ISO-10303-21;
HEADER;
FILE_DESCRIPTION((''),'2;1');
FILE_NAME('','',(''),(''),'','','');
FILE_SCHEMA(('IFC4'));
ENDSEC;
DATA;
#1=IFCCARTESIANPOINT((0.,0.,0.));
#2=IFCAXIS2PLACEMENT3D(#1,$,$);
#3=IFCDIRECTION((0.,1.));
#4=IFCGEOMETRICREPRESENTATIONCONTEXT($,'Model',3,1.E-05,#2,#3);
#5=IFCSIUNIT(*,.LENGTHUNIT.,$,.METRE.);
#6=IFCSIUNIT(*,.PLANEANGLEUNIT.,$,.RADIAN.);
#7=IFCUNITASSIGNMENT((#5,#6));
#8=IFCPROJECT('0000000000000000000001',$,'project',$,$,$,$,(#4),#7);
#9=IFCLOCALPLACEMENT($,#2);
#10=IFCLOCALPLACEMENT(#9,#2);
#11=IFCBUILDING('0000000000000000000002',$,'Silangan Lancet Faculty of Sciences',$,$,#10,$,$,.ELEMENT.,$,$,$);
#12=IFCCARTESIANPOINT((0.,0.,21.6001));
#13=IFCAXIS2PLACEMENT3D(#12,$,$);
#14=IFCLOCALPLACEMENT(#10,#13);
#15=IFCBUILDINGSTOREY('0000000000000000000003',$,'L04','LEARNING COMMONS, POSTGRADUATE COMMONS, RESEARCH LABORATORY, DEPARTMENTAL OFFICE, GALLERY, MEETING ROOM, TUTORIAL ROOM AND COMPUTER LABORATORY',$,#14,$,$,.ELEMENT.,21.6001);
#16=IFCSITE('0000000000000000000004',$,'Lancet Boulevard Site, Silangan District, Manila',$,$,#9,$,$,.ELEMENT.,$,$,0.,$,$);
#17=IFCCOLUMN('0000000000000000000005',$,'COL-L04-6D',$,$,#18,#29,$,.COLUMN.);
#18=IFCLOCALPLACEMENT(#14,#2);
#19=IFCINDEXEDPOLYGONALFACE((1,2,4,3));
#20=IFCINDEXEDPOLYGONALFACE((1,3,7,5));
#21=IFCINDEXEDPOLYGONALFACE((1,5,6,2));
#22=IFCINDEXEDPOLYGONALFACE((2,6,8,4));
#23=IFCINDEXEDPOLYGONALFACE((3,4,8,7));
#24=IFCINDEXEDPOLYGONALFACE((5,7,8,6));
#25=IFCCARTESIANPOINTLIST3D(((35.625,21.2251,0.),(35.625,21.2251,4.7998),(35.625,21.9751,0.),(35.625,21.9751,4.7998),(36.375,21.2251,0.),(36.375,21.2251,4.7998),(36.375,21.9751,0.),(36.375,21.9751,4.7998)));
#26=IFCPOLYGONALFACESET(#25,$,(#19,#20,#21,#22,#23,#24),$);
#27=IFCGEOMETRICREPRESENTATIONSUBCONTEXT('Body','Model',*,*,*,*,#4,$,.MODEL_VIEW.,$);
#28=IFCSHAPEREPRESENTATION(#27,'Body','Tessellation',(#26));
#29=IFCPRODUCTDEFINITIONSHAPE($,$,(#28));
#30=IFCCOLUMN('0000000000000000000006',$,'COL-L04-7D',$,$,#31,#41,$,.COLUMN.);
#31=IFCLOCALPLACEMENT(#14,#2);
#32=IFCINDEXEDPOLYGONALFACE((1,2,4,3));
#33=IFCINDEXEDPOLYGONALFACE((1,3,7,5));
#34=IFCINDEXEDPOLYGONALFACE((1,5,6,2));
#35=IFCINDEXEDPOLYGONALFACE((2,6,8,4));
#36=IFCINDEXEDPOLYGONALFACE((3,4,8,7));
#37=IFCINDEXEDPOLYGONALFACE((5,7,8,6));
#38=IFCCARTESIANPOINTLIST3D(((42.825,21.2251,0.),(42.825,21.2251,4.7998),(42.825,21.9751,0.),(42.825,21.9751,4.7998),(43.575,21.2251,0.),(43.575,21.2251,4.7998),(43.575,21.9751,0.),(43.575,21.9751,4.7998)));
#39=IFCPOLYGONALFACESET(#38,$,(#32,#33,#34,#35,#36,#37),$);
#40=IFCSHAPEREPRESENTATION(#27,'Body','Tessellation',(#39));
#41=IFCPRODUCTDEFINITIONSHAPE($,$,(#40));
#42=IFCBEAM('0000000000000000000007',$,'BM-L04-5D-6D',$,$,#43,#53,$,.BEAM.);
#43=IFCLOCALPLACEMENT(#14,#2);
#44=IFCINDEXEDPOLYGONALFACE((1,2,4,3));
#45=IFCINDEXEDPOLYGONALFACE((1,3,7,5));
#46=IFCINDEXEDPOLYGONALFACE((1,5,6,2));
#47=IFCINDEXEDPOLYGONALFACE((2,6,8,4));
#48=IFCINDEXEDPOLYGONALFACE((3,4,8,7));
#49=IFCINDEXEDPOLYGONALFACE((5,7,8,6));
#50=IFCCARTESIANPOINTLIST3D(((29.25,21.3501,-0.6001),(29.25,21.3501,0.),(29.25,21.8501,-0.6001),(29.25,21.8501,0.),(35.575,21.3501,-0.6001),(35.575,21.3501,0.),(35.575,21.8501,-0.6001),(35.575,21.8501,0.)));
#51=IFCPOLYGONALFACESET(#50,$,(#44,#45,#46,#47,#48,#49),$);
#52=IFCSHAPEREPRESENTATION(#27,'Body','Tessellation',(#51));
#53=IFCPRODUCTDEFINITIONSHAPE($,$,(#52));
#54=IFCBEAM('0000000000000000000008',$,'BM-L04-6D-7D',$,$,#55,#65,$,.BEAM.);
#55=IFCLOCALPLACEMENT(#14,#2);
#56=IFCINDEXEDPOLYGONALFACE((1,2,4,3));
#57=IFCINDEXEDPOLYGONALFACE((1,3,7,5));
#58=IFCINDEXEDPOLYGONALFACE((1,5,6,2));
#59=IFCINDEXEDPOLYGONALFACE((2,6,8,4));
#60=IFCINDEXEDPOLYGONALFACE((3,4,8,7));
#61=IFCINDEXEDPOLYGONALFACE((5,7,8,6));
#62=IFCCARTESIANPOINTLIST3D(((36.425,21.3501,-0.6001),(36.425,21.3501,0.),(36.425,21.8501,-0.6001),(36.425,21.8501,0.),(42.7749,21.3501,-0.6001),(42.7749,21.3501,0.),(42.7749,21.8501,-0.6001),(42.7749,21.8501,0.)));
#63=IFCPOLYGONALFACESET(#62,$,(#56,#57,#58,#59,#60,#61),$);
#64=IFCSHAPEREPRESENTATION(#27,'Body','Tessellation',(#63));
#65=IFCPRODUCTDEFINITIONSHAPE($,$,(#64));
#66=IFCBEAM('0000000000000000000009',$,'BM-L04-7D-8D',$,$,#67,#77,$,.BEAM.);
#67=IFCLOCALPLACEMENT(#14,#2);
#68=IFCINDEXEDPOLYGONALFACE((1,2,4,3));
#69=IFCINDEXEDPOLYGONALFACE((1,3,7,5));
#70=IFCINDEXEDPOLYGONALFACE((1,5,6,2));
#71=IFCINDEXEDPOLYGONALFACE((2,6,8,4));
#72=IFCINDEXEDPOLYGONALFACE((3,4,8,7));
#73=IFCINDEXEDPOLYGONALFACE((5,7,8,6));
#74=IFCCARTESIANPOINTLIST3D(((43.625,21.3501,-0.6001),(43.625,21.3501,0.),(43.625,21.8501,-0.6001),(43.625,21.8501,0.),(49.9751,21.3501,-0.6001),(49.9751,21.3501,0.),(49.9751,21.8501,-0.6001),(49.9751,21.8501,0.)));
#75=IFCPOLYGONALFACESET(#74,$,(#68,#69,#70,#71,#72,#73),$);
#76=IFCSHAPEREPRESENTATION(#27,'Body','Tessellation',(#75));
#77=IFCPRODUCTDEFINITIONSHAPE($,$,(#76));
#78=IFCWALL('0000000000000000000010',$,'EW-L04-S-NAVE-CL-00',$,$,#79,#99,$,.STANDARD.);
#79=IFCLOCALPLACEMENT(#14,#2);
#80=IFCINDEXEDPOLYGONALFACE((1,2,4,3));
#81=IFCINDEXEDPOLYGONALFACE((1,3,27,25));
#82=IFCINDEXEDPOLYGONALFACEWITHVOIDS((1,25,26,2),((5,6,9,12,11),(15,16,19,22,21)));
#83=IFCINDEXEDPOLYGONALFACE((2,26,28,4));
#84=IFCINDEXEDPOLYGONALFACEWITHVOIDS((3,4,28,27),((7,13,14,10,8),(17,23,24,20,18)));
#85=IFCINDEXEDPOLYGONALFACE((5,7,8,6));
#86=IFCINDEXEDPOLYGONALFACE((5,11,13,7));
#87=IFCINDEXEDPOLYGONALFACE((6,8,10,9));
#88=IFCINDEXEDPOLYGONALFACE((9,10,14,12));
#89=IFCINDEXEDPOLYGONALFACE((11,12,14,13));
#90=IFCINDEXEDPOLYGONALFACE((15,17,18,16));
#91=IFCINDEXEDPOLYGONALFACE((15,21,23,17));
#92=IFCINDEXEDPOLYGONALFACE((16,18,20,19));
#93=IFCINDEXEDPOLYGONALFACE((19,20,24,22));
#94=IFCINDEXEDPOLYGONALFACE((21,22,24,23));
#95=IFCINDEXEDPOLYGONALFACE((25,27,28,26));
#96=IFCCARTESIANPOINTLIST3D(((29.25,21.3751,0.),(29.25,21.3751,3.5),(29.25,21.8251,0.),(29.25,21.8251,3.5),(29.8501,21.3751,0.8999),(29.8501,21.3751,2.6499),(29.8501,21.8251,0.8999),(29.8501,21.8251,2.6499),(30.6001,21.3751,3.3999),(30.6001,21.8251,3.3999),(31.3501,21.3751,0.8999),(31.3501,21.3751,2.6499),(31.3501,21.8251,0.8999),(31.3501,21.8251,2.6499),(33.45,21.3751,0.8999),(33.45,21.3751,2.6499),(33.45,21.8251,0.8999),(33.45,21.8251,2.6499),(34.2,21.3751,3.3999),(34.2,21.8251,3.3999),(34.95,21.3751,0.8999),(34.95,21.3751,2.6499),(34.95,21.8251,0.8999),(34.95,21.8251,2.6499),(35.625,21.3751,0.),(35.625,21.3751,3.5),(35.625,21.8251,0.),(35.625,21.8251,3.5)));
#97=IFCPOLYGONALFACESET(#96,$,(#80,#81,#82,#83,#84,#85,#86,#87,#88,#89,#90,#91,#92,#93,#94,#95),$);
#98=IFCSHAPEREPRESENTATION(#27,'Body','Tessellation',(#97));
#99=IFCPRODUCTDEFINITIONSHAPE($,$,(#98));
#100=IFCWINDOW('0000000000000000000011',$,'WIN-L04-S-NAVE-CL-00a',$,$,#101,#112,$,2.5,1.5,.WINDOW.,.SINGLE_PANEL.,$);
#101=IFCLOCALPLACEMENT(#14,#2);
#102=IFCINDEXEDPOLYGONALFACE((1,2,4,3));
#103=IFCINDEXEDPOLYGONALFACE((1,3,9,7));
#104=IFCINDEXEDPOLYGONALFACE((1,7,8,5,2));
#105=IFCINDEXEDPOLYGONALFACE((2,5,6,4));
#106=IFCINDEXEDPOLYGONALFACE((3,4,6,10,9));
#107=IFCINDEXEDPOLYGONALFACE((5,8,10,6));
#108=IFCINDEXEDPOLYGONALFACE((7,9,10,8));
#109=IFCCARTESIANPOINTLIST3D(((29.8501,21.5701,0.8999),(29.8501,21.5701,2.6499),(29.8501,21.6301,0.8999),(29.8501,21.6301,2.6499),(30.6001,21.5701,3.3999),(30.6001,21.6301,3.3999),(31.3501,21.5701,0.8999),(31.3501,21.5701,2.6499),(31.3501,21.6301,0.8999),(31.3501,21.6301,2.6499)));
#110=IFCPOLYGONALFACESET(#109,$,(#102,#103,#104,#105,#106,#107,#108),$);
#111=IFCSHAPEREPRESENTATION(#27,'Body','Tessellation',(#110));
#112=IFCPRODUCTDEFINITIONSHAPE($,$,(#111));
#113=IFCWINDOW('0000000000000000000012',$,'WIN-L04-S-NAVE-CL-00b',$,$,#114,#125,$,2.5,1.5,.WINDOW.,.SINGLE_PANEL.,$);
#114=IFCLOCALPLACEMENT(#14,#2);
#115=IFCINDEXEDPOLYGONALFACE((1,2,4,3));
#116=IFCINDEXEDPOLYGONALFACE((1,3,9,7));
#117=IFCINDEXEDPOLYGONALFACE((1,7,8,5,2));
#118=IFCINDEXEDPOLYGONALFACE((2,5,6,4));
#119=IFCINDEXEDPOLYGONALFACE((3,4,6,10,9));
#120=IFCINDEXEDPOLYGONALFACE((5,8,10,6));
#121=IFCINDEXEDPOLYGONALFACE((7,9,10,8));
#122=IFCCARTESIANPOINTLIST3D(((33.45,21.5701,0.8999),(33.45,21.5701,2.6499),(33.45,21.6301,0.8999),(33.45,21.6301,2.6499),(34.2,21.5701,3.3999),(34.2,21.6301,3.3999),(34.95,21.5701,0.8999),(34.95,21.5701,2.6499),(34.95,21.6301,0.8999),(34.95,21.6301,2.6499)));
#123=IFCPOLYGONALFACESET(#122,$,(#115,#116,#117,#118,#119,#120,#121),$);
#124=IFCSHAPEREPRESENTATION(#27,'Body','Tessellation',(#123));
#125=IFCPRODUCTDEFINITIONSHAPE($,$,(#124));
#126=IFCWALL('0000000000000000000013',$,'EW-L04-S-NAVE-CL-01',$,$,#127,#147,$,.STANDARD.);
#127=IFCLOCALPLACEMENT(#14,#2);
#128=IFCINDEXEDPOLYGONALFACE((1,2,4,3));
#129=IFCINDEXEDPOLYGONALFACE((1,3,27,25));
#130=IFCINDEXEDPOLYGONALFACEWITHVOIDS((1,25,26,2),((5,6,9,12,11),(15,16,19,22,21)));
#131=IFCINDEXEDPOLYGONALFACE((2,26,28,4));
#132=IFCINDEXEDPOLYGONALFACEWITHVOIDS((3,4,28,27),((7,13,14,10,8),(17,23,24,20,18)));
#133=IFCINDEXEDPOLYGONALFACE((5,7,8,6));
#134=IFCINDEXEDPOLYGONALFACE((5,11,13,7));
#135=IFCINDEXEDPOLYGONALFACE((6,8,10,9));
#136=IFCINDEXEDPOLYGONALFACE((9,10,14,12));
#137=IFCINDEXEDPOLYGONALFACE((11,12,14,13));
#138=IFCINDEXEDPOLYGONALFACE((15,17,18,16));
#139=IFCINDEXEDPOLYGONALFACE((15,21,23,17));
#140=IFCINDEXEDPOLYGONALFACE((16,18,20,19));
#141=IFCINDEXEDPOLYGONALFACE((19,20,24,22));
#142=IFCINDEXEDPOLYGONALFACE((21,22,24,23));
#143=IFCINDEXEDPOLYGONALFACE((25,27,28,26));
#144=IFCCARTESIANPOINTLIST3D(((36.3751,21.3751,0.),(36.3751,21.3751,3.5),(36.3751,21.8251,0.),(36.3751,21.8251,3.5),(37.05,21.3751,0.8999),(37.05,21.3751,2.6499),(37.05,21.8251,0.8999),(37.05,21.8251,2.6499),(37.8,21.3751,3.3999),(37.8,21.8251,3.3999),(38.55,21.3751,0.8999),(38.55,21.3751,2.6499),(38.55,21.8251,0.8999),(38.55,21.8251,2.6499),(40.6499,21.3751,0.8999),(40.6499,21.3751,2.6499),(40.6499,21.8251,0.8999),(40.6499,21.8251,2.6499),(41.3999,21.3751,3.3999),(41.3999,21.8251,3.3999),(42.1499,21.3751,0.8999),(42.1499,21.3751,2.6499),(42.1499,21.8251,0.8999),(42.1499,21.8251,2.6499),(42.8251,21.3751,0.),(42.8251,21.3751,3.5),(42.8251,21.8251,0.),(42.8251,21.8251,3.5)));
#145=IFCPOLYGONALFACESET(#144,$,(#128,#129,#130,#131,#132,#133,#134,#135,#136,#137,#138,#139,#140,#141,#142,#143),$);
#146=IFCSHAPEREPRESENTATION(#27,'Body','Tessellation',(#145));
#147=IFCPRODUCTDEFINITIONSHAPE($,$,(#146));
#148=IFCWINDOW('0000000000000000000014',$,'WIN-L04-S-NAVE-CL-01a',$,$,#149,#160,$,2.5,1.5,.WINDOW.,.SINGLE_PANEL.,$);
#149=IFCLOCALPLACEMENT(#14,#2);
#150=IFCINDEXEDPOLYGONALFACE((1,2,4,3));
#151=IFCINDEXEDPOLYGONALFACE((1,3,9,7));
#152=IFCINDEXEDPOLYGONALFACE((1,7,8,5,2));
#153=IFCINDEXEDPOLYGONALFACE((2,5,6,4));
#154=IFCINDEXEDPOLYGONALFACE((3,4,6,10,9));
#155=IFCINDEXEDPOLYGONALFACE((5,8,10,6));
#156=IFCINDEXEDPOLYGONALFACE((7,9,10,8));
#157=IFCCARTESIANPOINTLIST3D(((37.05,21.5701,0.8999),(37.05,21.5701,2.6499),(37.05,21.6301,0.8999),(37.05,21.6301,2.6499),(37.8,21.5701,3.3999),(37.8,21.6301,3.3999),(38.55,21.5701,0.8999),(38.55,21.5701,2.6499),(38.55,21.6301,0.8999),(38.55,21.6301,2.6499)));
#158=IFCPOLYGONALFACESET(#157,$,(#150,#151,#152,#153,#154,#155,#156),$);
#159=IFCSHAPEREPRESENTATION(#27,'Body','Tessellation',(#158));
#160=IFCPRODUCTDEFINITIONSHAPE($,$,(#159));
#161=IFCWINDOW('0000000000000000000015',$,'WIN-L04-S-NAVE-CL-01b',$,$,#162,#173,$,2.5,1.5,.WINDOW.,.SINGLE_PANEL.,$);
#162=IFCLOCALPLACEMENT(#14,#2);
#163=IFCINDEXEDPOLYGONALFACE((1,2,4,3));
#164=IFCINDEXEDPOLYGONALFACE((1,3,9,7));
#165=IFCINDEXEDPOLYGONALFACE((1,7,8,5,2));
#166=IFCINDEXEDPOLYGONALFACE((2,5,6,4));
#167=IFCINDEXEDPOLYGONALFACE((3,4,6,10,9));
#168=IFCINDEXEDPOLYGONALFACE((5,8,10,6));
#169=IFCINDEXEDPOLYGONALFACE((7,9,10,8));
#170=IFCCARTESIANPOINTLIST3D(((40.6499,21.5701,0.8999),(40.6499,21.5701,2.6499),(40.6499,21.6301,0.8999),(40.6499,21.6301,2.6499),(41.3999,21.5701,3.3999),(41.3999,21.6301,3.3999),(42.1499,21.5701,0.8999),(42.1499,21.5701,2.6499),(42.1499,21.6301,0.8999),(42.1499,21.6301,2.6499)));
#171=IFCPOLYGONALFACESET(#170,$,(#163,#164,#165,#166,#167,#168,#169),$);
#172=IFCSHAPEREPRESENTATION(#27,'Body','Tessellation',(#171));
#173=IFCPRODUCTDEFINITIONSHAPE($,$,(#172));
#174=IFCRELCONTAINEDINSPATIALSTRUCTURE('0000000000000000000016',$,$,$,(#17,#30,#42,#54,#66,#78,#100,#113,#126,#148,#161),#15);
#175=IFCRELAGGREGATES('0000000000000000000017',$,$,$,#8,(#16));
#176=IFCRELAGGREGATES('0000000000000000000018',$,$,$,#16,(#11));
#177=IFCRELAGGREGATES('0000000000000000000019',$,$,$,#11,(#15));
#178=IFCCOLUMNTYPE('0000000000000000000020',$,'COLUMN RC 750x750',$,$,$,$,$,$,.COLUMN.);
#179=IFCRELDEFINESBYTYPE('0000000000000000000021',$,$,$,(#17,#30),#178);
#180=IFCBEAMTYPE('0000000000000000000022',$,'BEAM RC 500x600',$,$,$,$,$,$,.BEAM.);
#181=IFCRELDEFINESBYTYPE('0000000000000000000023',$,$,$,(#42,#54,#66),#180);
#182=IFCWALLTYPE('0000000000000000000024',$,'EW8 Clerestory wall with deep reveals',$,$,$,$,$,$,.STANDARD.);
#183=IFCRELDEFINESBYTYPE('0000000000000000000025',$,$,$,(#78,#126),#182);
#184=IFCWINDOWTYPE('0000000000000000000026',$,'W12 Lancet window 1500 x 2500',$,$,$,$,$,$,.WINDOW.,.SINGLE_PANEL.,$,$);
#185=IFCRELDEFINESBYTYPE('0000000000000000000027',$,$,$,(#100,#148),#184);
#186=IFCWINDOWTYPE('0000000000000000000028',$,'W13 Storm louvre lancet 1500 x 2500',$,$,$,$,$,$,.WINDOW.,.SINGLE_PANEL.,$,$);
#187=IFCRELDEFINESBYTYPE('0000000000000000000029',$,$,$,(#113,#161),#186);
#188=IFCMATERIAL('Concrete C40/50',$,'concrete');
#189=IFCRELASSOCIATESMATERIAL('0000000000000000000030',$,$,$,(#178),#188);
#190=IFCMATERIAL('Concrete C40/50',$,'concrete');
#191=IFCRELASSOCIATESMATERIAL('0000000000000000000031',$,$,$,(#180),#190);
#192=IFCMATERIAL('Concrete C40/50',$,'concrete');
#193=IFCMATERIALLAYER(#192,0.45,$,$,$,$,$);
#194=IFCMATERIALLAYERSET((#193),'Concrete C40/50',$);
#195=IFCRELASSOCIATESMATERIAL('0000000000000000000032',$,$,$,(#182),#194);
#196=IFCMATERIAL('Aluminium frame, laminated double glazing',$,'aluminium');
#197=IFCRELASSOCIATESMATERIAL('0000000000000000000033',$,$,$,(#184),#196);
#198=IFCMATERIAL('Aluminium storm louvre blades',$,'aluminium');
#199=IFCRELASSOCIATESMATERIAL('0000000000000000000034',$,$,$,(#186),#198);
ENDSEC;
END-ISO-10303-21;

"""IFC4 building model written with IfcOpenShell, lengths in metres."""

from ifc_helpers import new_model, si_unit, direction, frame, frame_2d, origin, origin_2d, place, context, subcontext, project, spatial, polyline, rectangle, outline, extrude, material, layer, layer_set, material_profile, profile_set, type_object, element, fill, save


model = new_model("IFC4")

# Units and contexts
model_context = context("Model", 3, precision=1e-05, world=origin(), true_north=direction((0.0, 1.0)))
body_context = subcontext(model_context, "Body", "Model", "MODEL_VIEW")
ifc_project = project(units=[si_unit("LENGTHUNIT", "METRE"), si_unit("PLANEANGLEUNIT", "RADIAN")], contexts=[model_context])

# Site, building, storey
site_placement = place(None, origin())
site = spatial("IfcSite", under=ifc_project, at=site_placement, Name="Lancet Boulevard Site, Silangan District, Manila", CompositionType="ELEMENT", RefElevation=0.0)
building_placement = place(site_placement, origin())
building = spatial("IfcBuilding", under=site, at=building_placement, Name="Silangan Lancet Faculty of Sciences", CompositionType="ELEMENT")
storey_placement = place(building_placement, frame((0.0, 0.0, 21.6001)))
storey = spatial("IfcBuildingStorey", under=building, at=storey_placement, Name="L04", Description="LEARNING COMMONS, POSTGRADUATE COMMONS, RESEARCH LABORATORY, DEPARTMENTAL OFFICE, GALLERY, MEETING ROOM, TUTORIAL ROOM AND COMPUTER LABORATORY", CompositionType="ELEMENT", Elevation=21.6001)

# Columns
ifc_material_1 = material(Name="Concrete C40/50", Category="concrete")
ifc_material_profile_1 = material_profile(ifc_material_1, rectangle(XDim=0.75, YDim=0.75, at=origin_2d()), Name="RC 750x750")
ifc_profile_set_1 = profile_set([ifc_material_profile_1], Name="Concrete C40/50")
column_type = type_object("IfcColumnType", Name="COLUMN RC 750x750", PredefinedType="COLUMN", material=ifc_profile_set_1)
for number, where, z_axis, x_axis, name in (
    (1, (36.0, 21.6001, 0.0), (0.0, 0.0, 1.0), (1.0, 0.0, 0.0), "COL-L04-6D"),
    (2, (43.2, 21.6001, 0.0), (0.0, 0.0, 1.0), (1.0, 0.0, 0.0), "COL-L04-7D"),
):
    element("IfcColumn", number, at=place(storey_placement, frame(where, z_axis=z_axis, x_axis=x_axis)), inside=storey, type_object=column_type, Name=name, PredefinedType="COLUMN", context=body_context, shape_type="SweptSolid", body=[
        extrude(rectangle(XDim=0.75, YDim=0.75, at=origin_2d()), origin(), (0.0, 0.0, 1.0), 4.7998),
    ])

# Beams
ifc_material_2 = material(Name="Concrete C40/50", Category="concrete")
ifc_material_profile_2 = material_profile(ifc_material_2, rectangle(XDim=0.5, YDim=0.6001, at=origin_2d()), Name="RC 500x600")
ifc_profile_set_2 = profile_set([ifc_material_profile_2], Name="Concrete C40/50")
beam_type = type_object("IfcBeamType", Name="BEAM RC 500x600", PredefinedType="BEAM", material=ifc_profile_set_2)
beam_1_placement = place(storey_placement, frame((29.25, 21.6001, -0.3), z_axis=(1.0, 0.0, 0.0), x_axis=(0.0, 1.0, 0.0)))
element("IfcBeam", 3, at=beam_1_placement, inside=storey, type_object=beam_type, Name="BM-L04-5D-6D", PredefinedType="BEAM", context=body_context, shape_type="SweptSolid", body=[
    extrude(rectangle(XDim=0.5, YDim=0.6001, at=origin_2d()), origin(), (0.0, 0.0, 1.0), 6.325),
])
beam_2_placement = place(storey_placement, frame((36.425, 21.6001, -0.3), z_axis=(1.0, 0.0, 0.0), x_axis=(0.0, 1.0, 0.0)))
element("IfcBeam", 4, at=beam_2_placement, inside=storey, type_object=beam_type, Name="BM-L04-6D-7D", PredefinedType="BEAM", context=body_context, shape_type="SweptSolid", body=[
    extrude(rectangle(XDim=0.5, YDim=0.6001, at=origin_2d()), origin(), (0.0, 0.0, 1.0), 6.3499),
])
beam_3_placement = place(storey_placement, frame((43.625, 21.6001, -0.3), z_axis=(1.0, 0.0, 0.0), x_axis=(0.0, 1.0, 0.0)))
element("IfcBeam", 5, at=beam_3_placement, inside=storey, type_object=beam_type, Name="BM-L04-7D-8D", PredefinedType="BEAM", context=body_context, shape_type="SweptSolid", body=[
    extrude(rectangle(XDim=0.5, YDim=0.6001, at=origin_2d()), origin(), (0.0, 0.0, 1.0), 6.3501),
])

# Walls, openings, windows
ifc_material_3 = material(Name="Concrete C40/50", Category="concrete")
ifc_layer_1 = layer(ifc_material_3, 0.45)
ifc_layer_set_1 = layer_set([ifc_layer_1], Name="Concrete C40/50")
wall_type_1 = type_object("IfcWallType", Name="EW8 Clerestory wall with deep reveals", PredefinedType="STANDARD", material=ifc_layer_set_1)
wall_1_placement = place(storey_placement, frame((29.25, 21.6001, 0.0), z_axis=(0.0, 0.0, 1.0), x_axis=(1.0, 0.0, 0.0)))
wall_1 = element("IfcWall", 6, at=wall_1_placement, inside=storey, type_object=wall_type_1, Name="EW-L04-S-NAVE-CL-00", PredefinedType="STANDARD", context=body_context, shape_type="SweptSolid", body=[
    extrude(rectangle(XDim=6.375, YDim=0.45, at=frame_2d((3.1875, 0.0))), origin(), (0.0, 0.0, 1.0), 3.5),
])
opening_1_placement = place(wall_1_placement, frame((0.6001, 0.0, 0.8999)))
opening_1 = element("IfcOpeningElement", 7, at=opening_1_placement, cuts=wall_1, PredefinedType="OPENING", context=body_context, shape_type="SweptSolid", body=[
    extrude(outline(polyline([(0.0, 0.0), (1.5, 0.0), (1.5, 1.75), (0.75, 2.5), (0.0, 1.75), (0.0, 0.0)])), frame((0.0, 0.2349, 0.0), z_axis=(0.0, -1.0, 0.0), x_axis=(1.0, 0.0, 0.0)), (0.0, 0.0, 1.0), 0.47),
])
opening_2_placement = place(wall_1_placement, frame((4.2, 0.0, 0.8999)))
opening_2 = element("IfcOpeningElement", 8, at=opening_2_placement, cuts=wall_1, PredefinedType="OPENING", context=body_context, shape_type="SweptSolid", body=[
    extrude(outline(polyline([(0.0, 0.0), (1.5, 0.0), (1.5, 1.75), (0.75, 2.5), (0.0, 1.75), (0.0, 0.0)])), frame((0.0, 0.2349, 0.0), z_axis=(0.0, -1.0, 0.0), x_axis=(1.0, 0.0, 0.0)), (0.0, 0.0, 1.0), 0.47),
])
ifc_material_4 = material(Name="Aluminium frame, laminated double glazing", Category="aluminium")
window_type_1 = type_object("IfcWindowType", Name="W12 Lancet window 1500 x 2500", PartitioningType="SINGLE_PANEL", PredefinedType="WINDOW", material=ifc_material_4)
window_1_placement = place(opening_1_placement, origin())
window_1 = element("IfcWindow", 9, at=window_1_placement, inside=storey, type_object=window_type_1, Name="WIN-L04-S-NAVE-CL-00a", OverallHeight=2.5, OverallWidth=1.5, PartitioningType="SINGLE_PANEL", PredefinedType="WINDOW", context=body_context, shape_type="SweptSolid", body=[
    extrude(outline(polyline([(0.0, 0.0), (1.5, 0.0), (1.5, 1.75), (0.75, 2.5), (0.0, 1.75), (0.0, 0.0)])), frame((0.0, 0.03, 0.0), z_axis=(0.0, -1.0, 0.0), x_axis=(1.0, 0.0, 0.0)), (0.0, 0.0, 1.0), 0.0601),
])
fill(opening_1, window_1)
ifc_material_5 = material(Name="Aluminium storm louvre blades", Category="aluminium")
window_type_2 = type_object("IfcWindowType", Name="W13 Storm louvre lancet 1500 x 2500", PartitioningType="SINGLE_PANEL", PredefinedType="WINDOW", material=ifc_material_5)
window_2_placement = place(opening_2_placement, origin())
window_2 = element("IfcWindow", 10, at=window_2_placement, inside=storey, type_object=window_type_2, Name="WIN-L04-S-NAVE-CL-00b", OverallHeight=2.5, OverallWidth=1.5, PartitioningType="SINGLE_PANEL", PredefinedType="WINDOW", context=body_context, shape_type="SweptSolid", body=[
    extrude(outline(polyline([(0.0, 0.0), (1.5, 0.0), (1.5, 1.75), (0.75, 2.5), (0.0, 1.75), (0.0, 0.0)])), frame((0.0, 0.03, 0.0), z_axis=(0.0, -1.0, 0.0), x_axis=(1.0, 0.0, 0.0)), (0.0, 0.0, 1.0), 0.0601),
])
fill(opening_2, window_2)
wall_2_placement = place(storey_placement, frame((36.375, 21.6001, 0.0), z_axis=(0.0, 0.0, 1.0), x_axis=(1.0, 0.0, 0.0)))
wall_2 = element("IfcWall", 11, at=wall_2_placement, inside=storey, type_object=wall_type_1, Name="EW-L04-S-NAVE-CL-01", PredefinedType="STANDARD", context=body_context, shape_type="SweptSolid", body=[
    extrude(rectangle(XDim=6.45, YDim=0.45, at=frame_2d((3.2251, 0.0))), origin(), (0.0, 0.0, 1.0), 3.5),
])
opening_3_placement = place(wall_2_placement, frame((0.675, 0.0, 0.8999)))
opening_3 = element("IfcOpeningElement", 12, at=opening_3_placement, cuts=wall_2, PredefinedType="OPENING", context=body_context, shape_type="SweptSolid", body=[
    extrude(outline(polyline([(0.0, 0.0), (1.5, 0.0), (1.5, 1.75), (0.75, 2.5), (0.0, 1.75), (0.0, 0.0)])), frame((0.0, 0.2349, 0.0), z_axis=(0.0, -1.0, 0.0), x_axis=(1.0, 0.0, 0.0)), (0.0, 0.0, 1.0), 0.47),
])
opening_4_placement = place(wall_2_placement, frame((4.2749, 0.0, 0.8999)))
opening_4 = element("IfcOpeningElement", 13, at=opening_4_placement, cuts=wall_2, PredefinedType="OPENING", context=body_context, shape_type="SweptSolid", body=[
    extrude(outline(polyline([(0.0, 0.0), (1.5, 0.0), (1.5, 1.75), (0.75, 2.5), (0.0, 1.75), (0.0, 0.0)])), frame((0.0, 0.2349, 0.0), z_axis=(0.0, -1.0, 0.0), x_axis=(1.0, 0.0, 0.0)), (0.0, 0.0, 1.0), 0.47),
])
window_3_placement = place(opening_3_placement, origin())
window_3 = element("IfcWindow", 14, at=window_3_placement, inside=storey, type_object=window_type_1, Name="WIN-L04-S-NAVE-CL-01a", OverallHeight=2.5, OverallWidth=1.5, PartitioningType="SINGLE_PANEL", PredefinedType="WINDOW", context=body_context, shape_type="SweptSolid", body=[
    extrude(outline(polyline([(0.0, 0.0), (1.5, 0.0), (1.5, 1.75), (0.75, 2.5), (0.0, 1.75), (0.0, 0.0)])), frame((0.0, 0.03, 0.0), z_axis=(0.0, -1.0, 0.0), x_axis=(1.0, 0.0, 0.0)), (0.0, 0.0, 1.0), 0.0601),
])
fill(opening_3, window_3)
window_4_placement = place(opening_4_placement, origin())
window_4 = element("IfcWindow", 15, at=window_4_placement, inside=storey, type_object=window_type_2, Name="WIN-L04-S-NAVE-CL-01b", OverallHeight=2.5, OverallWidth=1.5, PartitioningType="SINGLE_PANEL", PredefinedType="WINDOW", context=body_context, shape_type="SweptSolid", body=[
    extrude(outline(polyline([(0.0, 0.0), (1.5, 0.0), (1.5, 1.75), (0.75, 2.5), (0.0, 1.75), (0.0, 0.0)])), frame((0.0, 0.03, 0.0), z_axis=(0.0, -1.0, 0.0), x_axis=(1.0, 0.0, 0.0)), (0.0, 0.0, 1.0), 0.0601),
])
fill(opening_4, window_4)

save(model, "model.ifc")
